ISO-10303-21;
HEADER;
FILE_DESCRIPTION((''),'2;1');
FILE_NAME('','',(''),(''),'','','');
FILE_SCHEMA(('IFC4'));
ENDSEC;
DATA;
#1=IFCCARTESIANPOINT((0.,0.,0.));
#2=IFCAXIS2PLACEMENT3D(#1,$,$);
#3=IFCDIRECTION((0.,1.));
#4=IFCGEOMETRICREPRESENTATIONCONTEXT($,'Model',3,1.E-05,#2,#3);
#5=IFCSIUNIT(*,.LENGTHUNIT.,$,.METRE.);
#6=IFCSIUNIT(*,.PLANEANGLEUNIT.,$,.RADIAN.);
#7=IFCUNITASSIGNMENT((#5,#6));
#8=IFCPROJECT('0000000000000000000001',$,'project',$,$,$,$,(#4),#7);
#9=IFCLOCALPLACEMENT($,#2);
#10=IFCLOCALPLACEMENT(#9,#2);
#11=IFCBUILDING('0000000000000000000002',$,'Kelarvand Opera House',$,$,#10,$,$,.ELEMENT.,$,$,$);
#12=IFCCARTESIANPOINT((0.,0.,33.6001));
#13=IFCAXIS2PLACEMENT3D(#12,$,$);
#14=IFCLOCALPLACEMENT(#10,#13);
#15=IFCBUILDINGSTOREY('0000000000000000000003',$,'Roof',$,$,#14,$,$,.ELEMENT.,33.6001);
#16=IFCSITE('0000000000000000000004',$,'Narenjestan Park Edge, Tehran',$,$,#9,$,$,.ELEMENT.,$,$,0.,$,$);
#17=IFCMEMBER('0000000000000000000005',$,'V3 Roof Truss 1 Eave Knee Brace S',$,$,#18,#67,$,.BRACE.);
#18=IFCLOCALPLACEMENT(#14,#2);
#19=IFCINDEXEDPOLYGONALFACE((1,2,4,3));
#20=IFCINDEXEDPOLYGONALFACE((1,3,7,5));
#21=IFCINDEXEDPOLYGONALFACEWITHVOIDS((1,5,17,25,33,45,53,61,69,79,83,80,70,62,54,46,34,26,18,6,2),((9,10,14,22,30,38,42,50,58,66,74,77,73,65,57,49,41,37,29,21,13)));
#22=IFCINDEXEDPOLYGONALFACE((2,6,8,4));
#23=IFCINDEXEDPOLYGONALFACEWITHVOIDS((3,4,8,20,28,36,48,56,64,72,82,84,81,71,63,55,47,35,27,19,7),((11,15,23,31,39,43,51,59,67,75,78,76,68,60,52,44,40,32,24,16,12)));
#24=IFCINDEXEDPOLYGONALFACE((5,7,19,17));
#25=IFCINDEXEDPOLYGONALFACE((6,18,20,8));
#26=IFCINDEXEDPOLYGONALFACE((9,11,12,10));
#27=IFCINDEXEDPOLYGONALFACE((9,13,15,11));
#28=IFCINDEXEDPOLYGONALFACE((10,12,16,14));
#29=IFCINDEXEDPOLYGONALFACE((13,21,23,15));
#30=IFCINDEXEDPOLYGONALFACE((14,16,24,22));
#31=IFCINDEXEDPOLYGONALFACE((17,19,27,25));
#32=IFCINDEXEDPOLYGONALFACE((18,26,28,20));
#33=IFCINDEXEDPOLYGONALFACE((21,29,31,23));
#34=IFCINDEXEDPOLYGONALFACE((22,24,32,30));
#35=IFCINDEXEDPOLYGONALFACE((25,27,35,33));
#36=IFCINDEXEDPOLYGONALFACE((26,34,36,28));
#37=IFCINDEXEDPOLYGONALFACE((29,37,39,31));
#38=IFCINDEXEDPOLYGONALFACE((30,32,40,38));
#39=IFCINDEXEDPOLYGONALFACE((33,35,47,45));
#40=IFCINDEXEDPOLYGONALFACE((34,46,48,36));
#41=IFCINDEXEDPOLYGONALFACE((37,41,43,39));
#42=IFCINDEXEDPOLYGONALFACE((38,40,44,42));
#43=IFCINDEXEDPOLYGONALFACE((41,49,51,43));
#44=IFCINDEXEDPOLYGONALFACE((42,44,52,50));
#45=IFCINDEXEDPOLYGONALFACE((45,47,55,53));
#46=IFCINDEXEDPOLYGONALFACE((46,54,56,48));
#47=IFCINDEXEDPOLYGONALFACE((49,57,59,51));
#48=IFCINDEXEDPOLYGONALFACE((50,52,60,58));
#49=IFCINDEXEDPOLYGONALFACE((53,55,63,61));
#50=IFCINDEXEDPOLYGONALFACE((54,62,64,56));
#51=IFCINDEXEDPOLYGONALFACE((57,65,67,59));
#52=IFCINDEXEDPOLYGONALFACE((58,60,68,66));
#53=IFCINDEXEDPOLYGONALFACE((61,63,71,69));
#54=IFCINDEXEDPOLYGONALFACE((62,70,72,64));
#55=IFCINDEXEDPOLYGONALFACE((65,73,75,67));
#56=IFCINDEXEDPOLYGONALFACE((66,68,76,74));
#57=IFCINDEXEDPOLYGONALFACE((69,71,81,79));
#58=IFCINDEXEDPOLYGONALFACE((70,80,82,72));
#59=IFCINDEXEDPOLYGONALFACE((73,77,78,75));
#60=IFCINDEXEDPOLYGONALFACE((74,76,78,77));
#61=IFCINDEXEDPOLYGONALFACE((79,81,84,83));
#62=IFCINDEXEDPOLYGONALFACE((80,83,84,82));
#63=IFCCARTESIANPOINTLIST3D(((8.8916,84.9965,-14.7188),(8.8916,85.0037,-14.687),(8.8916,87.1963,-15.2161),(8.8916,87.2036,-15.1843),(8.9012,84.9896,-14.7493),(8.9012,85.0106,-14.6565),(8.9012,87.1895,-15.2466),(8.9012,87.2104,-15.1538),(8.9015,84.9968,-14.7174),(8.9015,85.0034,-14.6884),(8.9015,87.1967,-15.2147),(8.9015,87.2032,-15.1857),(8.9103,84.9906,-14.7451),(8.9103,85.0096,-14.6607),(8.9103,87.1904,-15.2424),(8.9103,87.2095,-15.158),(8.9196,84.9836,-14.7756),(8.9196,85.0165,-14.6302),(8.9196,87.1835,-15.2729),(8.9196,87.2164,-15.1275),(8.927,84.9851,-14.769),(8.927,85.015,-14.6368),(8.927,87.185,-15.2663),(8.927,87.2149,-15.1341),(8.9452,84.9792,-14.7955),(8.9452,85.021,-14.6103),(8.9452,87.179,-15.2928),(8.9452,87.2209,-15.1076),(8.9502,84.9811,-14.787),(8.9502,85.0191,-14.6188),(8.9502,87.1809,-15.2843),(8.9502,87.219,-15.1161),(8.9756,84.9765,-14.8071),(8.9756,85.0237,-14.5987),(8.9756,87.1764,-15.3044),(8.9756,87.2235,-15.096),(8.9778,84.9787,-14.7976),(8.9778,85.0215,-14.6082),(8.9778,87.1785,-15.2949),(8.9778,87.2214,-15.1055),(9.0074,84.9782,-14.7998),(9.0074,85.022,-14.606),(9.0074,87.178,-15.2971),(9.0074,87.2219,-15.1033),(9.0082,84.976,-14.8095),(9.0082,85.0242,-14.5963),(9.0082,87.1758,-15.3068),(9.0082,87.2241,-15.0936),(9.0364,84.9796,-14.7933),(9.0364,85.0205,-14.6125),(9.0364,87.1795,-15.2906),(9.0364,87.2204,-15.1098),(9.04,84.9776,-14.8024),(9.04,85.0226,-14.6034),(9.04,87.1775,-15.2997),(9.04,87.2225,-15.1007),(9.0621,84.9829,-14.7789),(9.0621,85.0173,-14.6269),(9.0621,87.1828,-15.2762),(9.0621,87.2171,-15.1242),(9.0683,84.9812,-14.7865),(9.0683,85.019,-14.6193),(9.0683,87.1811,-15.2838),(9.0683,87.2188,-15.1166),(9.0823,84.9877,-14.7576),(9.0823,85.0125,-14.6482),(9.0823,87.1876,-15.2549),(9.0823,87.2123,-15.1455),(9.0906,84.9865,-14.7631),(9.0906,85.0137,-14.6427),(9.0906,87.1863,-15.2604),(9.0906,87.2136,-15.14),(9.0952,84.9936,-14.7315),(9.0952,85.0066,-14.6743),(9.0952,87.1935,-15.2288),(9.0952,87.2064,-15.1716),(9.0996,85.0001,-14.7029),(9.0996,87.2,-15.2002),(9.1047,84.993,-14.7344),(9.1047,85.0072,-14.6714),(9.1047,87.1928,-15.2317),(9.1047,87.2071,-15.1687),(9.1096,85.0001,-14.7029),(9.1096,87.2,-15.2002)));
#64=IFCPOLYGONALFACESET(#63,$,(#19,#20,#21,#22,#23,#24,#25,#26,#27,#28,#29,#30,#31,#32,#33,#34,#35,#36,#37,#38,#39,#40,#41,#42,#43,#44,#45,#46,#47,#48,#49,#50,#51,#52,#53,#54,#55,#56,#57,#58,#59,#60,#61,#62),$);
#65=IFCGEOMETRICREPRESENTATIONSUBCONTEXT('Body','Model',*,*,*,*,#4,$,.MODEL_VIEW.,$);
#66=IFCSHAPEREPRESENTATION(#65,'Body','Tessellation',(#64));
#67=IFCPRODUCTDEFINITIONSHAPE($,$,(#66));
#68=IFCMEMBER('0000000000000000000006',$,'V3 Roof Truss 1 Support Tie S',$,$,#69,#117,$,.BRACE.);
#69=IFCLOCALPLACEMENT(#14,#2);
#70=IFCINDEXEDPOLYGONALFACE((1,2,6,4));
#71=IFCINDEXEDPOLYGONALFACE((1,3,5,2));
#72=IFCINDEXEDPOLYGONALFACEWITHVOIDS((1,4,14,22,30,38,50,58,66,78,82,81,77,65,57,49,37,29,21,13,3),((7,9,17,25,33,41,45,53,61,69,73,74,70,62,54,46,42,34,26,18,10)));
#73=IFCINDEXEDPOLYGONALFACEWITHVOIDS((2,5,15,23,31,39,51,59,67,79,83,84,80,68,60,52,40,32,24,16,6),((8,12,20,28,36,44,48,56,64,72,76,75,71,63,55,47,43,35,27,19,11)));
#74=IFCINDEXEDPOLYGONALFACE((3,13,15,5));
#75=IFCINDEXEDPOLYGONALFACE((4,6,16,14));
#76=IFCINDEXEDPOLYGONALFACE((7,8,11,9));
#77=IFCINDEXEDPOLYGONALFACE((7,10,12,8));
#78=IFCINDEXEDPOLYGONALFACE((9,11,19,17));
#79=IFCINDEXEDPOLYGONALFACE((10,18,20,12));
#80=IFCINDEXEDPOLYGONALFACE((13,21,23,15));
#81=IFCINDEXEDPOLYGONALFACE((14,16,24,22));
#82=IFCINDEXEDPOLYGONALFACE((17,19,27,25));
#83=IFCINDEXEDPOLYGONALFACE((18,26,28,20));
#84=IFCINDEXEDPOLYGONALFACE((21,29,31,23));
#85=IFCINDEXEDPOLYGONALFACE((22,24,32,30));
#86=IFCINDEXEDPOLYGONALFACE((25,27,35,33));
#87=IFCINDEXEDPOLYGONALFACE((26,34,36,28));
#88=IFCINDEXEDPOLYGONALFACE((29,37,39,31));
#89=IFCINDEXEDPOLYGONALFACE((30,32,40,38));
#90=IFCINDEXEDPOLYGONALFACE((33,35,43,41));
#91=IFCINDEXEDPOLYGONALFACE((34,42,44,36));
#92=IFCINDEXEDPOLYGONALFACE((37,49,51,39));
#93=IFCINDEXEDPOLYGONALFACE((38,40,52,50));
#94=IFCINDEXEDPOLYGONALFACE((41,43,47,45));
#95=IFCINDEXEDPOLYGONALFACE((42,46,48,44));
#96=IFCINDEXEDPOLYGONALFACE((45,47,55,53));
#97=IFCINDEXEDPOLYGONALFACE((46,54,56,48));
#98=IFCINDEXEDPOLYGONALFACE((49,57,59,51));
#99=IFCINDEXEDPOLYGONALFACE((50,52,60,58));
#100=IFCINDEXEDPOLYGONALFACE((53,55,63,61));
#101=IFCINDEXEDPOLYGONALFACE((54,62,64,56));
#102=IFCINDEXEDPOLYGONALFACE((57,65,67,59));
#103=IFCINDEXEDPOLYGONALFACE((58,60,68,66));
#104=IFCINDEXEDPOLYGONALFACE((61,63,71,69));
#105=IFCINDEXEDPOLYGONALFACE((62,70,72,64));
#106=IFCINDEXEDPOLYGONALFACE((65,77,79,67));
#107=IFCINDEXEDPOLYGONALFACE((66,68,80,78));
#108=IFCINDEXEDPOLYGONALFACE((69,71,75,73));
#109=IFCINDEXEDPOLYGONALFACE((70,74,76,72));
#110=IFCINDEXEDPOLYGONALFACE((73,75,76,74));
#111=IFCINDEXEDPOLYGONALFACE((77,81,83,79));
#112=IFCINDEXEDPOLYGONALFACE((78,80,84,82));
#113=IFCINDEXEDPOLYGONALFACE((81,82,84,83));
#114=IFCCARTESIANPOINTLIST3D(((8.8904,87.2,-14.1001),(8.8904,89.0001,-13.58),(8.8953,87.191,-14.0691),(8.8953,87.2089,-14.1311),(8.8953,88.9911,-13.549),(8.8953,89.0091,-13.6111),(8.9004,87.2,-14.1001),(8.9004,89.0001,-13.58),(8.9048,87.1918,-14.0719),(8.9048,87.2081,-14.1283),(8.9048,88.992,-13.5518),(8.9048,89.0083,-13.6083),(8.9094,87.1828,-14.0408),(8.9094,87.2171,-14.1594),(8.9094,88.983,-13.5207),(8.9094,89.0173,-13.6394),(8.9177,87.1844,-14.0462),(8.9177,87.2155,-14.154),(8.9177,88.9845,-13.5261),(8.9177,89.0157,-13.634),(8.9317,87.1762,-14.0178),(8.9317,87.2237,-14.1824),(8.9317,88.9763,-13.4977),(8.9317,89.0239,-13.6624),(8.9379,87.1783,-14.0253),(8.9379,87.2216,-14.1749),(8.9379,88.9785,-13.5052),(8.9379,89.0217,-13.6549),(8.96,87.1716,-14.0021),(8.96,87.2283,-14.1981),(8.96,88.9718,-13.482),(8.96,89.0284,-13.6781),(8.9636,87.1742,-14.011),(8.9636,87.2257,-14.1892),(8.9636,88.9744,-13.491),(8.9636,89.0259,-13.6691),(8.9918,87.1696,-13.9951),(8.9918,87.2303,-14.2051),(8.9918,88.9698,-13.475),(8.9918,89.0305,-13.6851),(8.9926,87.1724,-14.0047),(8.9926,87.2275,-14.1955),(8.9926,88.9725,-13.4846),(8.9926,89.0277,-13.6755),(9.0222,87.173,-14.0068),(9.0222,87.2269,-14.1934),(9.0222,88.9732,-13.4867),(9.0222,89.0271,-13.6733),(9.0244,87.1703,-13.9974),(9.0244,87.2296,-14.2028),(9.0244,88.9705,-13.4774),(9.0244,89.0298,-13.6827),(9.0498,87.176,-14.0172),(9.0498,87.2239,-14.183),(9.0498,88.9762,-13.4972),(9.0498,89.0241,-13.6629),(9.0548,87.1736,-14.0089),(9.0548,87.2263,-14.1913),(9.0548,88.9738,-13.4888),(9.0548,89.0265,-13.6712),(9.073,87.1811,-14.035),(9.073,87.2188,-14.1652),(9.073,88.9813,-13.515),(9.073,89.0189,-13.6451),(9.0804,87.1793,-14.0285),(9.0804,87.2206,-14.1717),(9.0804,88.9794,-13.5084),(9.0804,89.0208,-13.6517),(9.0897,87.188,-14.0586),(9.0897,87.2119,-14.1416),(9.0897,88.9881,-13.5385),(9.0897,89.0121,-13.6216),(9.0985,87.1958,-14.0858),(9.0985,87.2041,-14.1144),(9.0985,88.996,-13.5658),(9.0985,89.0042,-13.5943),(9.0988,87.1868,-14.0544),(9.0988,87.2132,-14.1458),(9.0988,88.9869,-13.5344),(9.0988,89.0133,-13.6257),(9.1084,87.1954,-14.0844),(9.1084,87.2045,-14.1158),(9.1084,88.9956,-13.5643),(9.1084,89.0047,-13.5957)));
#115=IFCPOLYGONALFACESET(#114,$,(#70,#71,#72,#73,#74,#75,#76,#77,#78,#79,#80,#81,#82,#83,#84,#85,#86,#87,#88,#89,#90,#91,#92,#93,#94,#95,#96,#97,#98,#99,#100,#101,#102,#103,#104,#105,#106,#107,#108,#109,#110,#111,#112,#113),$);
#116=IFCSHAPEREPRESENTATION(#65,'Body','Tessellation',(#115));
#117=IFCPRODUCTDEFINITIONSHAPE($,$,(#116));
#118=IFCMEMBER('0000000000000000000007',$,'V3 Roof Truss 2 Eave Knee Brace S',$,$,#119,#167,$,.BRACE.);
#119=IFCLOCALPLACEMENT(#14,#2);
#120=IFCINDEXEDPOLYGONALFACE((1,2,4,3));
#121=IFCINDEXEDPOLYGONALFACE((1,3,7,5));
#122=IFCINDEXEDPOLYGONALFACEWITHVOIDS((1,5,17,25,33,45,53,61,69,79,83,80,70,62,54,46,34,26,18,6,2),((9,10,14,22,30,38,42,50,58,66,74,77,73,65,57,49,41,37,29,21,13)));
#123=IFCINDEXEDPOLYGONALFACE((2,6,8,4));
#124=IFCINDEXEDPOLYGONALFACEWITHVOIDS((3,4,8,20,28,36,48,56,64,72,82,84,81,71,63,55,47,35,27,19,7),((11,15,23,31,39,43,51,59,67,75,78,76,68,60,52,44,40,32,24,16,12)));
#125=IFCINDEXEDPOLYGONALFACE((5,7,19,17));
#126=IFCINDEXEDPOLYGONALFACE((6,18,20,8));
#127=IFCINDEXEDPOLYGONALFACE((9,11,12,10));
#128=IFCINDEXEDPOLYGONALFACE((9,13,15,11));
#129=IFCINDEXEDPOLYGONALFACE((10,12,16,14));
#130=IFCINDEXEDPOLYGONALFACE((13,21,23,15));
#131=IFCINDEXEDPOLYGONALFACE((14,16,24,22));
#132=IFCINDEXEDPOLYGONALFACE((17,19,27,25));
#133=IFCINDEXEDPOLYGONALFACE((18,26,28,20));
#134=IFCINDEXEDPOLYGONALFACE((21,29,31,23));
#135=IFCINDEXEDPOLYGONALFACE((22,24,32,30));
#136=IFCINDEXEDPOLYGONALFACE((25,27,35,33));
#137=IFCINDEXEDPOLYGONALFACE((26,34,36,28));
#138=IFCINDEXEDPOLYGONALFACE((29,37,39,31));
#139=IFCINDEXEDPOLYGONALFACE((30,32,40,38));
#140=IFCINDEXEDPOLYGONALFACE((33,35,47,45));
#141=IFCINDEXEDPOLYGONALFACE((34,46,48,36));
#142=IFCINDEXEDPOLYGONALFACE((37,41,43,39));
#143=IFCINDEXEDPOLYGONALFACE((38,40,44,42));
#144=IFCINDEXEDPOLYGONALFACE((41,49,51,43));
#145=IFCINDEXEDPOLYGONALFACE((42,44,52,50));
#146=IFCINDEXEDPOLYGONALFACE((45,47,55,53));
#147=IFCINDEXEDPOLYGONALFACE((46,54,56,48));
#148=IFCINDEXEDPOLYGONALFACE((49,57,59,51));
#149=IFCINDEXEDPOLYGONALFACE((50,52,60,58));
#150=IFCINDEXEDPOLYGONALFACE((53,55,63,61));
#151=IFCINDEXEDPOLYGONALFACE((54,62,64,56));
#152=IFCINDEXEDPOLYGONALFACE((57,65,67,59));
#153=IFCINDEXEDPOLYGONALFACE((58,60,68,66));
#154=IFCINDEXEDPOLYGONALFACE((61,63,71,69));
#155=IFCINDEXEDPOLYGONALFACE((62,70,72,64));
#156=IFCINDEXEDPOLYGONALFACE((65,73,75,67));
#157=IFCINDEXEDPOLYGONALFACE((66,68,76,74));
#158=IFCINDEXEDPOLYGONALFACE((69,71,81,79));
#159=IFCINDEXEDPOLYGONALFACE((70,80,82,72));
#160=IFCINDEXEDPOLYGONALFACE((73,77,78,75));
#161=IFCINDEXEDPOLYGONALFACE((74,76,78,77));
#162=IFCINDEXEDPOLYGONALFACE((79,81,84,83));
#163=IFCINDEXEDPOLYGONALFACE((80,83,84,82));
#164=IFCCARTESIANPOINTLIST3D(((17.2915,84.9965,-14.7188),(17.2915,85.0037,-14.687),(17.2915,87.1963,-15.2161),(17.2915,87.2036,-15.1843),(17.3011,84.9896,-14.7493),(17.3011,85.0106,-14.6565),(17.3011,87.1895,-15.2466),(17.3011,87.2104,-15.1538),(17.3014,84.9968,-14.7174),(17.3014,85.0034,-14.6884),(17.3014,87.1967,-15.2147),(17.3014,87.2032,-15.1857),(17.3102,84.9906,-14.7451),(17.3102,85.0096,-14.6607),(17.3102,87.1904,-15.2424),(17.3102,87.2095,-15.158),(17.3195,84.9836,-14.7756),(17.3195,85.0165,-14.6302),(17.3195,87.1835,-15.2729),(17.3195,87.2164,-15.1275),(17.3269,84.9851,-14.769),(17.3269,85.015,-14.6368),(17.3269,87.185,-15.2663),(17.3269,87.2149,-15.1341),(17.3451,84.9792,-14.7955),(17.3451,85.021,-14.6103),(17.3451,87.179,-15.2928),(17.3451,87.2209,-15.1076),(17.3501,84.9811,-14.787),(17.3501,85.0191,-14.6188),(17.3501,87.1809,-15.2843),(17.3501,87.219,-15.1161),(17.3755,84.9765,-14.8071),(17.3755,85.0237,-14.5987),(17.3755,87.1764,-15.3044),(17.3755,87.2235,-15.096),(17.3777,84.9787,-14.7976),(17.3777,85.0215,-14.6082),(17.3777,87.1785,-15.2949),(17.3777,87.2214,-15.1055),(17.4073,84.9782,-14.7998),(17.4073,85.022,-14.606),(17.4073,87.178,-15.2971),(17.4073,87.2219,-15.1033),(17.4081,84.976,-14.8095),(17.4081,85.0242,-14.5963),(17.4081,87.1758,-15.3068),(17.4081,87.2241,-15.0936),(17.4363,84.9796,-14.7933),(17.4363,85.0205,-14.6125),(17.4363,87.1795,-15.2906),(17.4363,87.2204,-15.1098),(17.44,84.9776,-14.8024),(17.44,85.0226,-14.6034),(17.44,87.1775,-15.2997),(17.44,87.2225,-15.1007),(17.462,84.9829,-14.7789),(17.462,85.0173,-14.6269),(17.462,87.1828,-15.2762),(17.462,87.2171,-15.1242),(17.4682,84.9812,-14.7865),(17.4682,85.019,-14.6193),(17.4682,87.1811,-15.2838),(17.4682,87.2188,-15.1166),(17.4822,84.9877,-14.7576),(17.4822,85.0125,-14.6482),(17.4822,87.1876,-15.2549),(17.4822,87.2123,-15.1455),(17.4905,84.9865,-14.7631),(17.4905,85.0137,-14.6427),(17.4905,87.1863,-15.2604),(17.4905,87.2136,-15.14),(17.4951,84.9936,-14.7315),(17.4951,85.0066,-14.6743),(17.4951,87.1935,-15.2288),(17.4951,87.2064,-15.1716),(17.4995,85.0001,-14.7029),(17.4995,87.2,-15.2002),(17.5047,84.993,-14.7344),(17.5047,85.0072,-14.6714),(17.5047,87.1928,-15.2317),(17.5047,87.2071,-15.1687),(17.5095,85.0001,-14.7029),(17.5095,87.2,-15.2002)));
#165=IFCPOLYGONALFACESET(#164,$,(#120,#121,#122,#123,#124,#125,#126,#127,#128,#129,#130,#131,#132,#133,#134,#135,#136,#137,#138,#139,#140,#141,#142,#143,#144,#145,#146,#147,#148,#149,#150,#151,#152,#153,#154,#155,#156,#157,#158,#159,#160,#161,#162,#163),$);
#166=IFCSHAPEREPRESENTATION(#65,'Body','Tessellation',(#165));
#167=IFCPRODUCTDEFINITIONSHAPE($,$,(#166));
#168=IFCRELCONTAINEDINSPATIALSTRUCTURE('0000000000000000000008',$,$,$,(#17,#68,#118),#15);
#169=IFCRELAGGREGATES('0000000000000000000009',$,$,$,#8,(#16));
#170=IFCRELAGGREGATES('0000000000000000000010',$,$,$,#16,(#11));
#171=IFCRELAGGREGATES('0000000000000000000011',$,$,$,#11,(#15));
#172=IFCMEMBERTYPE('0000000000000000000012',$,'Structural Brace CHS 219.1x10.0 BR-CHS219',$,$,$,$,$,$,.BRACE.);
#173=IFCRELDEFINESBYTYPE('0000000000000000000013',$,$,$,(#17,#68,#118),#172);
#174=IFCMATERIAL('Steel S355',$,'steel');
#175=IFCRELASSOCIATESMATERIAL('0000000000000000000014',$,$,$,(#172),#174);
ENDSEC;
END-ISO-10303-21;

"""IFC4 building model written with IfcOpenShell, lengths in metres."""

from ifc_helpers import new_model, si_unit, direction, frame, origin, origin_2d, place, context, subcontext, project, spatial, hollow_circle, extrude, material, material_profile, profile_set, type_object, element, save


model = new_model("IFC4")

# Units and contexts
model_context = context("Model", 3, precision=1e-05, world=origin(), true_north=direction((0.0, 1.0)))
body_context = subcontext(model_context, "Body", "Model", "MODEL_VIEW")
ifc_project = project(units=[si_unit("LENGTHUNIT", "METRE"), si_unit("PLANEANGLEUNIT", "RADIAN")], contexts=[model_context])

# Site, building, storey
site_placement = place(None, origin())
site = spatial("IfcSite", under=ifc_project, at=site_placement, Name="Narenjestan Park Edge, Tehran", CompositionType="ELEMENT", RefElevation=0.0)
building_placement = place(site_placement, origin())
building = spatial("IfcBuilding", under=site, at=building_placement, Name="Kelarvand Opera House", CompositionType="ELEMENT")
storey_placement = place(building_placement, frame((0.0, 0.0, 33.6001)))
storey = spatial("IfcBuildingStorey", under=building, at=storey_placement, Name="Roof", CompositionType="ELEMENT", Elevation=33.6001)

# Members
ifc_material_1 = material(Name="Steel S355", Category="steel")
ifc_material_profile_1 = material_profile(ifc_material_1, hollow_circle(Radius=0.1096, WallThickness=0.01, at=origin_2d()), Name="CHS 219.1x10.0", Category="steel")
ifc_profile_set_1 = profile_set([ifc_material_profile_1], Name="Steel S355")
member_type_1 = type_object("IfcMemberType", Name="Structural Brace CHS 219.1x10.0 BR-CHS219", PredefinedType="BRACE", material=ifc_profile_set_1)
member_1_placement = place(storey_placement, frame((9.0, 87.2, -15.2002), z_axis=(0.0, -0.975388, 0.220493), x_axis=(1.0, 0.0, 0.0)))
element("IfcMember", 1, at=member_1_placement, inside=storey, type_object=member_type_1, Name="V3 Roof Truss 1 Eave Knee Brace S", PredefinedType="BRACE", context=body_context, shape_type="SweptSolid", body=[
    extrude(hollow_circle(Radius=0.1096, WallThickness=0.01, at=origin_2d()), origin(), (0.0, 0.0, 1.0), 2.2554),
])
member_2_placement = place(storey_placement, frame((9.0, 87.2, -14.1001), z_axis=(0.0, 0.960713, 0.277542), x_axis=(-1.0, 0.0, 0.0)))
element("IfcMember", 2, at=member_2_placement, inside=storey, type_object=member_type_1, Name="V3 Roof Truss 1 Support Tie S", PredefinedType="BRACE", context=body_context, shape_type="SweptSolid", body=[
    extrude(hollow_circle(Radius=0.1096, WallThickness=0.01, at=origin_2d()), origin(), (0.0, 0.0, 1.0), 1.8738),
])
member_3_placement = place(storey_placement, frame((17.3999, 87.2, -15.2002), z_axis=(0.0, -0.975388, 0.220493), x_axis=(1.0, 0.0, 0.0)))
element("IfcMember", 3, at=member_3_placement, inside=storey, type_object=member_type_1, Name="V3 Roof Truss 2 Eave Knee Brace S", PredefinedType="BRACE", context=body_context, shape_type="SweptSolid", body=[
    extrude(hollow_circle(Radius=0.1096, WallThickness=0.01, at=origin_2d()), origin(), (0.0, 0.0, 1.0), 2.2554),
])

save(model, "model.ifc")
